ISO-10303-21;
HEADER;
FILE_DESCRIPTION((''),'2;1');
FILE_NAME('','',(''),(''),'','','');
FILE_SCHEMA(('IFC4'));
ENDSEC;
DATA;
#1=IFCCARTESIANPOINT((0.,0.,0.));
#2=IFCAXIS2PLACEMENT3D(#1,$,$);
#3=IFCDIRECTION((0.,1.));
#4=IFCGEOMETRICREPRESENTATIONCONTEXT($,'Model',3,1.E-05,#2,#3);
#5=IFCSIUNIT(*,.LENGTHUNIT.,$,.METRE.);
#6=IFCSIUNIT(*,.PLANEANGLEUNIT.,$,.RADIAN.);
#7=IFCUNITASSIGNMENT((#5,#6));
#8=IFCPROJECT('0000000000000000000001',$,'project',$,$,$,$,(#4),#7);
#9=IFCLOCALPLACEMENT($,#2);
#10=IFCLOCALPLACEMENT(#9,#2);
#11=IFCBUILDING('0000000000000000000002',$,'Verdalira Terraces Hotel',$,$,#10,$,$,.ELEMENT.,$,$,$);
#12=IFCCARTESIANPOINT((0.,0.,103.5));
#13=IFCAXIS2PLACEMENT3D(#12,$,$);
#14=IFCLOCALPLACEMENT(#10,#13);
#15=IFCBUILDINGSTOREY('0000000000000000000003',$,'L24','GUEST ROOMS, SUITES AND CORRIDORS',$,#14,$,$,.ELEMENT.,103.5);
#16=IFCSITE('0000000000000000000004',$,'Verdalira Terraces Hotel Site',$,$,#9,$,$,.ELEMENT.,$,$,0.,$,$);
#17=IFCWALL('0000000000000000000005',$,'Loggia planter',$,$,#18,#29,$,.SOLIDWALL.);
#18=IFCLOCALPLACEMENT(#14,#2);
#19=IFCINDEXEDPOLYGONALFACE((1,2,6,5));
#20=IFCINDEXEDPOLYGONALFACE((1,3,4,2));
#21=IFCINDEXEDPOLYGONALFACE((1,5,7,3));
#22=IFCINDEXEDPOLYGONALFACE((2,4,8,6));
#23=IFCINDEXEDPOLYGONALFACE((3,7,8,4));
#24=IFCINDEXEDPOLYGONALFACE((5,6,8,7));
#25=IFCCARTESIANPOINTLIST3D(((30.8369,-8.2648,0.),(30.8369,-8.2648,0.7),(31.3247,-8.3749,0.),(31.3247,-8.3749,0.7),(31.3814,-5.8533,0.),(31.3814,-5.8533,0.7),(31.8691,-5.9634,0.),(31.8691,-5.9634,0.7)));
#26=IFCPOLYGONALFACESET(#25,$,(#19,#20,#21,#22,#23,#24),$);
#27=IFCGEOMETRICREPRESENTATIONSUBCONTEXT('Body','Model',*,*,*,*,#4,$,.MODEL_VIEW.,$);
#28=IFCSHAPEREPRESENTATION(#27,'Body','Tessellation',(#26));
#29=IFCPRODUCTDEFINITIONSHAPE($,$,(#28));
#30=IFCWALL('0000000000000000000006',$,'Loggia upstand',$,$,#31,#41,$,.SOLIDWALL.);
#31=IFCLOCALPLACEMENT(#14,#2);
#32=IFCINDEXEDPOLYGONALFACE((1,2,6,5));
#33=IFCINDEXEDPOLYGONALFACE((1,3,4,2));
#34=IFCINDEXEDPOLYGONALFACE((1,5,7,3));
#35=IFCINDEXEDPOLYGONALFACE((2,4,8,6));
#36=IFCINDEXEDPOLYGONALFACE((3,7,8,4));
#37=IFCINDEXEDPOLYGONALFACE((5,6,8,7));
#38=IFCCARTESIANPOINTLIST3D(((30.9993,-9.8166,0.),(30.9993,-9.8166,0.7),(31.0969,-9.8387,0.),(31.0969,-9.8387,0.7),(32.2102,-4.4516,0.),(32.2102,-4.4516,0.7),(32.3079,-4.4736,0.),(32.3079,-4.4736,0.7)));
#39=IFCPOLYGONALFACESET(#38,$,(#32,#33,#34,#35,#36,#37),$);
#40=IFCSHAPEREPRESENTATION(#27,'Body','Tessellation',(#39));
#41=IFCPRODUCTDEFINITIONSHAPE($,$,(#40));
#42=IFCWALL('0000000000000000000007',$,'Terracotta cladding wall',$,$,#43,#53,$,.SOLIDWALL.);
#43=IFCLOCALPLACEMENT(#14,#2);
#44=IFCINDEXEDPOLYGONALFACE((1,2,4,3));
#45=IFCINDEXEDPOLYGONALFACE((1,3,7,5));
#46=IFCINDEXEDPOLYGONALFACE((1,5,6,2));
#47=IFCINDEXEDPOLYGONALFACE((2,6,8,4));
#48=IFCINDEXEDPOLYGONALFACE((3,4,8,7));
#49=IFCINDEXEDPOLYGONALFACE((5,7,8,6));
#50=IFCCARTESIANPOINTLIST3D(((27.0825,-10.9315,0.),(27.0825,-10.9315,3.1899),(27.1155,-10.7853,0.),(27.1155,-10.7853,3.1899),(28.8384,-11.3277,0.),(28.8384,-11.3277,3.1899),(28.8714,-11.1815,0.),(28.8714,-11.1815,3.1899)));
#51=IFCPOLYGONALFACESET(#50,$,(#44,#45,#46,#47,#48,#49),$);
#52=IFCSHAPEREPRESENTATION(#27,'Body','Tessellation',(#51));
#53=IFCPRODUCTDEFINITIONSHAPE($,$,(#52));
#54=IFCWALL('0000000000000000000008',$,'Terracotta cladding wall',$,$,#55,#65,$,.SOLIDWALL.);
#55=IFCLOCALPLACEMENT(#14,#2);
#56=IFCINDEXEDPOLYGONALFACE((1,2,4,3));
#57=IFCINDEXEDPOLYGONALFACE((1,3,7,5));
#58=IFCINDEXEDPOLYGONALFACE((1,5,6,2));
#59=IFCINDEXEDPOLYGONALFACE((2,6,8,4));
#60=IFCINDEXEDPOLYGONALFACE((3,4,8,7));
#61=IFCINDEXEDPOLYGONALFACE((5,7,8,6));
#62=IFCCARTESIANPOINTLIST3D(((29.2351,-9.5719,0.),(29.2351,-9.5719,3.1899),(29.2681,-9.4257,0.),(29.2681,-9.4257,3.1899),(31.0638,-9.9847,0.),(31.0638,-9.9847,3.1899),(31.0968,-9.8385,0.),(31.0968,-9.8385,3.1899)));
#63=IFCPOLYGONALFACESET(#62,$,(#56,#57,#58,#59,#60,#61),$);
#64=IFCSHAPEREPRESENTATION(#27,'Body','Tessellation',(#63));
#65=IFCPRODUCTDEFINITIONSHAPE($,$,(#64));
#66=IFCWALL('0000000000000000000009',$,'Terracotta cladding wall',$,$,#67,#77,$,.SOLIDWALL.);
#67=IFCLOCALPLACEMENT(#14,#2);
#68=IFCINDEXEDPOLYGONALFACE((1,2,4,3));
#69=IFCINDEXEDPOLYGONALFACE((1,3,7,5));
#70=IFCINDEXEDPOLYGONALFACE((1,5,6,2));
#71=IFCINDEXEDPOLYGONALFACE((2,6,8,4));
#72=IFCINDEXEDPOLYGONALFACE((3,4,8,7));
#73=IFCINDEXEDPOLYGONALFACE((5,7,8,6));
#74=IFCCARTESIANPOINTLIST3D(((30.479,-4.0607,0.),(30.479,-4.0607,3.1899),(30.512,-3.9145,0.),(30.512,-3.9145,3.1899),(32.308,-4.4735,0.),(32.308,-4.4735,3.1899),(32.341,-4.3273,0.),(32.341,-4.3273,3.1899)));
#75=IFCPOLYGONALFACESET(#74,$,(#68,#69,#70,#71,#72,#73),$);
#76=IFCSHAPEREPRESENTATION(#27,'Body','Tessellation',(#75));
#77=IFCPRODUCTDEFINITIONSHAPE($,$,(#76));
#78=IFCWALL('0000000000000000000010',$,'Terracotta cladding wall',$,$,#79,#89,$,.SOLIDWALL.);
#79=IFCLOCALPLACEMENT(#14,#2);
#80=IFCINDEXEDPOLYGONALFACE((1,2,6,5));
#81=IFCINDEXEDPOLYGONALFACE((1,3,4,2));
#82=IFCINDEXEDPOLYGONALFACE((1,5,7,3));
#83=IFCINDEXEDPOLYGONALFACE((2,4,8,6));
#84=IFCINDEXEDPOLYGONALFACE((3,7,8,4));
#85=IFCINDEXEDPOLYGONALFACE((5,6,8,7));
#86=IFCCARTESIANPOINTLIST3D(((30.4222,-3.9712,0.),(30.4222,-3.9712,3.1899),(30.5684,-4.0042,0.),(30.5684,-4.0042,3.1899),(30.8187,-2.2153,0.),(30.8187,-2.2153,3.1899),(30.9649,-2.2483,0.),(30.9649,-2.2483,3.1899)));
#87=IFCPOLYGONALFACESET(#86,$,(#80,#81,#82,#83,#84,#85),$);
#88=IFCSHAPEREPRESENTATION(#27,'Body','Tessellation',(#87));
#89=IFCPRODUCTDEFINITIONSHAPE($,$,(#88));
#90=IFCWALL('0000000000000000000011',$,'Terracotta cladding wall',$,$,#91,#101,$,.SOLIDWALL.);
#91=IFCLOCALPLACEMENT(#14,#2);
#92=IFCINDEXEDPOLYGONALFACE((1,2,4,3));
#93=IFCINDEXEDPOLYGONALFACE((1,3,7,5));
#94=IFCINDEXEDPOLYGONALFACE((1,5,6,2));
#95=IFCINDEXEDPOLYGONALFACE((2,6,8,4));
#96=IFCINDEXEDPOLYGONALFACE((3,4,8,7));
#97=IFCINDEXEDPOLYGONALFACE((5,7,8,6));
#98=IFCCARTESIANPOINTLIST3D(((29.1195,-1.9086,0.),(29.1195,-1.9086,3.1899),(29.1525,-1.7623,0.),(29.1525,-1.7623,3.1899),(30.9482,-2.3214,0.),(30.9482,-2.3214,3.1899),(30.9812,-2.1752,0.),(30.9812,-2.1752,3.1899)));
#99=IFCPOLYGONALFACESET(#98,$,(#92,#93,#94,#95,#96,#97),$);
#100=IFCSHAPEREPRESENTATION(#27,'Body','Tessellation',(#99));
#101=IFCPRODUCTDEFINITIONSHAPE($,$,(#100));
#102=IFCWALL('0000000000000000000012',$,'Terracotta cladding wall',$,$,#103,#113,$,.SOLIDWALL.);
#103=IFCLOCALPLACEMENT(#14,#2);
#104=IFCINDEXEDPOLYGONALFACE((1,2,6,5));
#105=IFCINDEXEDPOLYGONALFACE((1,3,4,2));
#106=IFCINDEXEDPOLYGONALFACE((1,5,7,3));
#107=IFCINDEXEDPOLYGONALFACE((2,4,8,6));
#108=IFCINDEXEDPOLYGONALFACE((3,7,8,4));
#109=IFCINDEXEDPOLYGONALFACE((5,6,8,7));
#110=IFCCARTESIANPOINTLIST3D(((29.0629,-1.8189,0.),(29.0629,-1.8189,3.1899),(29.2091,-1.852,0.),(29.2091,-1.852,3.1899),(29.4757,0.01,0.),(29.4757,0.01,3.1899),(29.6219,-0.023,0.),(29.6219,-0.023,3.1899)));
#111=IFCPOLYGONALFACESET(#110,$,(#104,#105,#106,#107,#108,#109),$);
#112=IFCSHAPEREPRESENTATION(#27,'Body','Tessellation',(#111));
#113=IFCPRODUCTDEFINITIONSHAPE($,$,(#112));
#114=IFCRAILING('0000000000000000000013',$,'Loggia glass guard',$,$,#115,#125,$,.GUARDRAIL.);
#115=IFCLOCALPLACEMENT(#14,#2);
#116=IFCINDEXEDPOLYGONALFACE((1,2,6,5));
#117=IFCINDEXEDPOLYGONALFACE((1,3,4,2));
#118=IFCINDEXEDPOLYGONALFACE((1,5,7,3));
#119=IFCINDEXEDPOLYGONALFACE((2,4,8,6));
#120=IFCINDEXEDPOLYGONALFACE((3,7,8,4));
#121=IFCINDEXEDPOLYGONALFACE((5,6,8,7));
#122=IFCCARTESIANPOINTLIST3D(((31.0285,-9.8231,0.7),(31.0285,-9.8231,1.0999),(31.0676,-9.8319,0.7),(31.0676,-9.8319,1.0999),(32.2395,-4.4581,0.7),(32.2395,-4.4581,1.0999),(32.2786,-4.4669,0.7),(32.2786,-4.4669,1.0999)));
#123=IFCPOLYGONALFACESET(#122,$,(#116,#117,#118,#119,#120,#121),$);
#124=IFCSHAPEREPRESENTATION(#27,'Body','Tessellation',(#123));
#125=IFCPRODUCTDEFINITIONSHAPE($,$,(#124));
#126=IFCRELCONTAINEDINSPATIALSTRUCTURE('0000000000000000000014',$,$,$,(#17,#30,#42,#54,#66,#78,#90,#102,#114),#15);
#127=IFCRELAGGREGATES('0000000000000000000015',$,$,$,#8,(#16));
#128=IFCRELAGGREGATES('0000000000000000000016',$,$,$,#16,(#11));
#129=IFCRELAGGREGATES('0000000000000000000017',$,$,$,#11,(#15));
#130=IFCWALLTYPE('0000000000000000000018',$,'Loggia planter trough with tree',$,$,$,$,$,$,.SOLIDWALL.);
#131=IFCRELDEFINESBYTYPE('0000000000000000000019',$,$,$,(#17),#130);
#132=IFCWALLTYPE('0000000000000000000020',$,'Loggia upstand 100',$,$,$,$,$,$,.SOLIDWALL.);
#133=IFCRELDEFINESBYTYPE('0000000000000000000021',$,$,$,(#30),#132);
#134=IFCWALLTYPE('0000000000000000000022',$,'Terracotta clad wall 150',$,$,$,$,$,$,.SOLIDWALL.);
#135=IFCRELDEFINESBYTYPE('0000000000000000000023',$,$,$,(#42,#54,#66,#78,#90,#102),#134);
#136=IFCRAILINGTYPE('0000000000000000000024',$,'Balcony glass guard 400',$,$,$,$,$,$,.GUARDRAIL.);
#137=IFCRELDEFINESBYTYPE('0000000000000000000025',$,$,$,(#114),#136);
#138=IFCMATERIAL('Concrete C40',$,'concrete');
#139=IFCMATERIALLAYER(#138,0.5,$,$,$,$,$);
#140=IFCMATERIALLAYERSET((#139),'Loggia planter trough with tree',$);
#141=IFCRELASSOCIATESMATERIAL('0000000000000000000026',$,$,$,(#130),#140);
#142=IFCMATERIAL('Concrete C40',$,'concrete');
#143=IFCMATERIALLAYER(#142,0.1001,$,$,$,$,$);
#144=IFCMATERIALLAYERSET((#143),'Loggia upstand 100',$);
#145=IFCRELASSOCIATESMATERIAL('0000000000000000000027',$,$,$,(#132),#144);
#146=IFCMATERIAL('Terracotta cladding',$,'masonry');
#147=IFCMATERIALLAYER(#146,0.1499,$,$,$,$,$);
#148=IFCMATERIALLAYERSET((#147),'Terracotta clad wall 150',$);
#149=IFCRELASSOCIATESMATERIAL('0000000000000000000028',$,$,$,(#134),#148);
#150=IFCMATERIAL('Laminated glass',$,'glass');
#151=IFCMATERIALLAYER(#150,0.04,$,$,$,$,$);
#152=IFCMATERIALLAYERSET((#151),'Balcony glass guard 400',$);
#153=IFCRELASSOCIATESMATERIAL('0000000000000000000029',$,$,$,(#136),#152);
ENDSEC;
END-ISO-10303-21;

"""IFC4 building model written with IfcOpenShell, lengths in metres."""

from ifc_helpers import new_model, si_unit, direction, frame, frame_2d, origin, origin_2d, place, context, subcontext, project, spatial, rectangle, extrude, material, layer, layer_set, type_object, element, save


model = new_model("IFC4")

# Units and contexts
model_context = context("Model", 3, precision=1e-05, world=origin(), true_north=direction((0.0, 1.0)))
body_context = subcontext(model_context, "Body", "Model", "MODEL_VIEW")
ifc_project = project(units=[si_unit("LENGTHUNIT", "METRE"), si_unit("PLANEANGLEUNIT", "RADIAN")], contexts=[model_context])

# Site, building, storey
site_placement = place(None, origin())
site = spatial("IfcSite", under=ifc_project, at=site_placement, Name="Verdalira Terraces Hotel Site", CompositionType="ELEMENT", RefElevation=0.0)
building_placement = place(site_placement, origin())
building = spatial("IfcBuilding", under=site, at=building_placement, Name="Verdalira Terraces Hotel", CompositionType="ELEMENT")
storey_placement = place(building_placement, frame((0.0, 0.0, 103.5)))
storey = spatial("IfcBuildingStorey", under=building, at=storey_placement, Name="L24", Description="GUEST ROOMS, SUITES AND CORRIDORS", CompositionType="ELEMENT", Elevation=103.5)

# Walls
ifc_material_1 = material(Name="Concrete C40", Category="concrete")
ifc_layer_1 = layer(ifc_material_1, 0.5)
ifc_layer_set_1 = layer_set([ifc_layer_1], Name="Loggia planter trough with tree")
wall_type_1 = type_object("IfcWallType", Name="Loggia planter trough with tree", PredefinedType="SOLIDWALL", material=ifc_layer_set_1)
wall_1_placement = place(storey_placement, frame((31.0808, -8.3198, 0.0), z_axis=(0.0, 0.0, 1.0), x_axis=(0.220234, 0.975447, 0.0)))
element("IfcWall", 1, at=wall_1_placement, inside=storey, type_object=wall_type_1, Name="Loggia planter", PredefinedType="SOLIDWALL", context=body_context, shape_type="SweptSolid", body=[
    extrude(rectangle(XDim=2.4722, YDim=0.5, at=frame_2d((1.2361, 0.0))), origin(), (0.0, 0.0, 1.0), 0.7),
])
ifc_material_2 = material(Name="Concrete C40", Category="concrete")
ifc_layer_2 = layer(ifc_material_2, 0.1001)
ifc_layer_set_2 = layer_set([ifc_layer_2], Name="Loggia upstand 100")
wall_type_2 = type_object("IfcWallType", Name="Loggia upstand 100", PredefinedType="SOLIDWALL", material=ifc_layer_set_2)
wall_2_placement = place(storey_placement, frame((31.0481, -9.8276, 0.0), z_axis=(0.0, 0.0, 1.0), x_axis=(0.220172, 0.975461, 0.0)))
element("IfcWall", 2, at=wall_2_placement, inside=storey, type_object=wall_type_2, Name="Loggia upstand", PredefinedType="SOLIDWALL", context=body_context, shape_type="SweptSolid", body=[
    extrude(rectangle(XDim=5.5, YDim=0.1001, at=frame_2d((2.75, 0.0))), origin(), (0.0, 0.0, 1.0), 0.7),
])
ifc_material_3 = material(Name="Terracotta cladding", Category="masonry")
ifc_layer_3 = layer(ifc_material_3, 0.1499)
ifc_layer_set_3 = layer_set([ifc_layer_3], Name="Terracotta clad wall 150")
wall_type_3 = type_object("IfcWallType", Name="Terracotta clad wall 150", PredefinedType="SOLIDWALL", material=ifc_layer_set_3)
wall_3_placement = place(storey_placement, frame((27.0991, -10.8584, 0.0), z_axis=(0.0, 0.0, 1.0), x_axis=(0.97547, -0.220132, 0.0)))
element("IfcWall", 3, at=wall_3_placement, inside=storey, type_object=wall_type_3, Name="Terracotta cladding wall", PredefinedType="SOLIDWALL", context=body_context, shape_type="SweptSolid", body=[
    extrude(rectangle(XDim=1.8, YDim=0.1499, at=frame_2d((0.8999, 0.0))), origin(), (0.0, 0.0, 1.0), 3.1899),
])
wall_4_placement = place(storey_placement, frame((29.2515, -9.4988, 0.0), z_axis=(0.0, 0.0, 1.0), x_axis=(0.975455, -0.220197, 0.0)))
element("IfcWall", 4, at=wall_4_placement, inside=storey, type_object=wall_type_3, Name="Terracotta cladding wall", PredefinedType="SOLIDWALL", context=body_context, shape_type="SweptSolid", body=[
    extrude(rectangle(XDim=1.8748, YDim=0.1499, at=frame_2d((0.9375, 0.0))), origin(), (0.0, 0.0, 1.0), 3.1899),
])
wall_5_placement = place(storey_placement, frame((32.3245, -4.4004, 0.0), z_axis=(0.0, 0.0, 1.0), x_axis=(-0.975462, 0.220169, 0.0)))
element("IfcWall", 5, at=wall_5_placement, inside=storey, type_object=wall_type_3, Name="Terracotta cladding wall", PredefinedType="SOLIDWALL", context=body_context, shape_type="SweptSolid", body=[
    extrude(rectangle(XDim=1.875, YDim=0.1499, at=frame_2d((0.9375, 0.0))), origin(), (0.0, 0.0, 1.0), 3.1899),
])
wall_6_placement = place(storey_placement, frame((30.4954, -3.9875, 0.0), z_axis=(0.0, 0.0, 1.0), x_axis=(0.220261, 0.975441, 0.0)))
element("IfcWall", 6, at=wall_6_placement, inside=storey, type_object=wall_type_3, Name="Terracotta cladding wall", PredefinedType="SOLIDWALL", context=body_context, shape_type="SweptSolid", body=[
    extrude(rectangle(XDim=1.8, YDim=0.1499, at=frame_2d((0.8999, 0.0))), origin(), (0.0, 0.0, 1.0), 3.1899),
])
wall_7_placement = place(storey_placement, frame((30.9648, -2.2483, 0.0), z_axis=(0.0, 0.0, 1.0), x_axis=(-0.975455, 0.220197, 0.0)))
element("IfcWall", 7, at=wall_7_placement, inside=storey, type_object=wall_type_3, Name="Terracotta cladding wall", PredefinedType="SOLIDWALL", context=body_context, shape_type="SweptSolid", body=[
    extrude(rectangle(XDim=1.8748, YDim=0.1499, at=frame_2d((0.9375, 0.0))), origin(), (0.0, 0.0, 1.0), 3.1899),
])
wall_8_placement = place(storey_placement, frame((29.136, -1.8354, 0.0), z_axis=(0.0, 0.0, 1.0), x_axis=(0.220169, 0.975462, 0.0)))
element("IfcWall", 8, at=wall_8_placement, inside=storey, type_object=wall_type_3, Name="Terracotta cladding wall", PredefinedType="SOLIDWALL", context=body_context, shape_type="SweptSolid", body=[
    extrude(rectangle(XDim=1.875, YDim=0.1499, at=frame_2d((0.9375, 0.0))), origin(), (0.0, 0.0, 1.0), 3.1899),
])

# Railing
ifc_material_4 = material(Name="Laminated glass", Category="glass")
ifc_layer_4 = layer(ifc_material_4, 0.04)
ifc_layer_set_4 = layer_set([ifc_layer_4], Name="Balcony glass guard 400")
railing_type = type_object("IfcRailingType", Name="Balcony glass guard 400", PredefinedType="GUARDRAIL", material=ifc_layer_set_4)
railing_placement = place(storey_placement, frame((31.6536, -7.145, 0.7), z_axis=(0.0, 0.0, 1.0), x_axis=(0.220187, 0.975458, 0.0)))
element("IfcRailing", 9, at=railing_placement, inside=storey, type_object=railing_type, Name="Loggia glass guard", PredefinedType="GUARDRAIL", context=body_context, shape_type="SweptSolid", body=[
    extrude(rectangle(XDim=5.5, YDim=0.04, at=origin_2d()), origin(), (0.0, 0.0, 1.0), 0.3999),
])

save(model, "model.ifc")
